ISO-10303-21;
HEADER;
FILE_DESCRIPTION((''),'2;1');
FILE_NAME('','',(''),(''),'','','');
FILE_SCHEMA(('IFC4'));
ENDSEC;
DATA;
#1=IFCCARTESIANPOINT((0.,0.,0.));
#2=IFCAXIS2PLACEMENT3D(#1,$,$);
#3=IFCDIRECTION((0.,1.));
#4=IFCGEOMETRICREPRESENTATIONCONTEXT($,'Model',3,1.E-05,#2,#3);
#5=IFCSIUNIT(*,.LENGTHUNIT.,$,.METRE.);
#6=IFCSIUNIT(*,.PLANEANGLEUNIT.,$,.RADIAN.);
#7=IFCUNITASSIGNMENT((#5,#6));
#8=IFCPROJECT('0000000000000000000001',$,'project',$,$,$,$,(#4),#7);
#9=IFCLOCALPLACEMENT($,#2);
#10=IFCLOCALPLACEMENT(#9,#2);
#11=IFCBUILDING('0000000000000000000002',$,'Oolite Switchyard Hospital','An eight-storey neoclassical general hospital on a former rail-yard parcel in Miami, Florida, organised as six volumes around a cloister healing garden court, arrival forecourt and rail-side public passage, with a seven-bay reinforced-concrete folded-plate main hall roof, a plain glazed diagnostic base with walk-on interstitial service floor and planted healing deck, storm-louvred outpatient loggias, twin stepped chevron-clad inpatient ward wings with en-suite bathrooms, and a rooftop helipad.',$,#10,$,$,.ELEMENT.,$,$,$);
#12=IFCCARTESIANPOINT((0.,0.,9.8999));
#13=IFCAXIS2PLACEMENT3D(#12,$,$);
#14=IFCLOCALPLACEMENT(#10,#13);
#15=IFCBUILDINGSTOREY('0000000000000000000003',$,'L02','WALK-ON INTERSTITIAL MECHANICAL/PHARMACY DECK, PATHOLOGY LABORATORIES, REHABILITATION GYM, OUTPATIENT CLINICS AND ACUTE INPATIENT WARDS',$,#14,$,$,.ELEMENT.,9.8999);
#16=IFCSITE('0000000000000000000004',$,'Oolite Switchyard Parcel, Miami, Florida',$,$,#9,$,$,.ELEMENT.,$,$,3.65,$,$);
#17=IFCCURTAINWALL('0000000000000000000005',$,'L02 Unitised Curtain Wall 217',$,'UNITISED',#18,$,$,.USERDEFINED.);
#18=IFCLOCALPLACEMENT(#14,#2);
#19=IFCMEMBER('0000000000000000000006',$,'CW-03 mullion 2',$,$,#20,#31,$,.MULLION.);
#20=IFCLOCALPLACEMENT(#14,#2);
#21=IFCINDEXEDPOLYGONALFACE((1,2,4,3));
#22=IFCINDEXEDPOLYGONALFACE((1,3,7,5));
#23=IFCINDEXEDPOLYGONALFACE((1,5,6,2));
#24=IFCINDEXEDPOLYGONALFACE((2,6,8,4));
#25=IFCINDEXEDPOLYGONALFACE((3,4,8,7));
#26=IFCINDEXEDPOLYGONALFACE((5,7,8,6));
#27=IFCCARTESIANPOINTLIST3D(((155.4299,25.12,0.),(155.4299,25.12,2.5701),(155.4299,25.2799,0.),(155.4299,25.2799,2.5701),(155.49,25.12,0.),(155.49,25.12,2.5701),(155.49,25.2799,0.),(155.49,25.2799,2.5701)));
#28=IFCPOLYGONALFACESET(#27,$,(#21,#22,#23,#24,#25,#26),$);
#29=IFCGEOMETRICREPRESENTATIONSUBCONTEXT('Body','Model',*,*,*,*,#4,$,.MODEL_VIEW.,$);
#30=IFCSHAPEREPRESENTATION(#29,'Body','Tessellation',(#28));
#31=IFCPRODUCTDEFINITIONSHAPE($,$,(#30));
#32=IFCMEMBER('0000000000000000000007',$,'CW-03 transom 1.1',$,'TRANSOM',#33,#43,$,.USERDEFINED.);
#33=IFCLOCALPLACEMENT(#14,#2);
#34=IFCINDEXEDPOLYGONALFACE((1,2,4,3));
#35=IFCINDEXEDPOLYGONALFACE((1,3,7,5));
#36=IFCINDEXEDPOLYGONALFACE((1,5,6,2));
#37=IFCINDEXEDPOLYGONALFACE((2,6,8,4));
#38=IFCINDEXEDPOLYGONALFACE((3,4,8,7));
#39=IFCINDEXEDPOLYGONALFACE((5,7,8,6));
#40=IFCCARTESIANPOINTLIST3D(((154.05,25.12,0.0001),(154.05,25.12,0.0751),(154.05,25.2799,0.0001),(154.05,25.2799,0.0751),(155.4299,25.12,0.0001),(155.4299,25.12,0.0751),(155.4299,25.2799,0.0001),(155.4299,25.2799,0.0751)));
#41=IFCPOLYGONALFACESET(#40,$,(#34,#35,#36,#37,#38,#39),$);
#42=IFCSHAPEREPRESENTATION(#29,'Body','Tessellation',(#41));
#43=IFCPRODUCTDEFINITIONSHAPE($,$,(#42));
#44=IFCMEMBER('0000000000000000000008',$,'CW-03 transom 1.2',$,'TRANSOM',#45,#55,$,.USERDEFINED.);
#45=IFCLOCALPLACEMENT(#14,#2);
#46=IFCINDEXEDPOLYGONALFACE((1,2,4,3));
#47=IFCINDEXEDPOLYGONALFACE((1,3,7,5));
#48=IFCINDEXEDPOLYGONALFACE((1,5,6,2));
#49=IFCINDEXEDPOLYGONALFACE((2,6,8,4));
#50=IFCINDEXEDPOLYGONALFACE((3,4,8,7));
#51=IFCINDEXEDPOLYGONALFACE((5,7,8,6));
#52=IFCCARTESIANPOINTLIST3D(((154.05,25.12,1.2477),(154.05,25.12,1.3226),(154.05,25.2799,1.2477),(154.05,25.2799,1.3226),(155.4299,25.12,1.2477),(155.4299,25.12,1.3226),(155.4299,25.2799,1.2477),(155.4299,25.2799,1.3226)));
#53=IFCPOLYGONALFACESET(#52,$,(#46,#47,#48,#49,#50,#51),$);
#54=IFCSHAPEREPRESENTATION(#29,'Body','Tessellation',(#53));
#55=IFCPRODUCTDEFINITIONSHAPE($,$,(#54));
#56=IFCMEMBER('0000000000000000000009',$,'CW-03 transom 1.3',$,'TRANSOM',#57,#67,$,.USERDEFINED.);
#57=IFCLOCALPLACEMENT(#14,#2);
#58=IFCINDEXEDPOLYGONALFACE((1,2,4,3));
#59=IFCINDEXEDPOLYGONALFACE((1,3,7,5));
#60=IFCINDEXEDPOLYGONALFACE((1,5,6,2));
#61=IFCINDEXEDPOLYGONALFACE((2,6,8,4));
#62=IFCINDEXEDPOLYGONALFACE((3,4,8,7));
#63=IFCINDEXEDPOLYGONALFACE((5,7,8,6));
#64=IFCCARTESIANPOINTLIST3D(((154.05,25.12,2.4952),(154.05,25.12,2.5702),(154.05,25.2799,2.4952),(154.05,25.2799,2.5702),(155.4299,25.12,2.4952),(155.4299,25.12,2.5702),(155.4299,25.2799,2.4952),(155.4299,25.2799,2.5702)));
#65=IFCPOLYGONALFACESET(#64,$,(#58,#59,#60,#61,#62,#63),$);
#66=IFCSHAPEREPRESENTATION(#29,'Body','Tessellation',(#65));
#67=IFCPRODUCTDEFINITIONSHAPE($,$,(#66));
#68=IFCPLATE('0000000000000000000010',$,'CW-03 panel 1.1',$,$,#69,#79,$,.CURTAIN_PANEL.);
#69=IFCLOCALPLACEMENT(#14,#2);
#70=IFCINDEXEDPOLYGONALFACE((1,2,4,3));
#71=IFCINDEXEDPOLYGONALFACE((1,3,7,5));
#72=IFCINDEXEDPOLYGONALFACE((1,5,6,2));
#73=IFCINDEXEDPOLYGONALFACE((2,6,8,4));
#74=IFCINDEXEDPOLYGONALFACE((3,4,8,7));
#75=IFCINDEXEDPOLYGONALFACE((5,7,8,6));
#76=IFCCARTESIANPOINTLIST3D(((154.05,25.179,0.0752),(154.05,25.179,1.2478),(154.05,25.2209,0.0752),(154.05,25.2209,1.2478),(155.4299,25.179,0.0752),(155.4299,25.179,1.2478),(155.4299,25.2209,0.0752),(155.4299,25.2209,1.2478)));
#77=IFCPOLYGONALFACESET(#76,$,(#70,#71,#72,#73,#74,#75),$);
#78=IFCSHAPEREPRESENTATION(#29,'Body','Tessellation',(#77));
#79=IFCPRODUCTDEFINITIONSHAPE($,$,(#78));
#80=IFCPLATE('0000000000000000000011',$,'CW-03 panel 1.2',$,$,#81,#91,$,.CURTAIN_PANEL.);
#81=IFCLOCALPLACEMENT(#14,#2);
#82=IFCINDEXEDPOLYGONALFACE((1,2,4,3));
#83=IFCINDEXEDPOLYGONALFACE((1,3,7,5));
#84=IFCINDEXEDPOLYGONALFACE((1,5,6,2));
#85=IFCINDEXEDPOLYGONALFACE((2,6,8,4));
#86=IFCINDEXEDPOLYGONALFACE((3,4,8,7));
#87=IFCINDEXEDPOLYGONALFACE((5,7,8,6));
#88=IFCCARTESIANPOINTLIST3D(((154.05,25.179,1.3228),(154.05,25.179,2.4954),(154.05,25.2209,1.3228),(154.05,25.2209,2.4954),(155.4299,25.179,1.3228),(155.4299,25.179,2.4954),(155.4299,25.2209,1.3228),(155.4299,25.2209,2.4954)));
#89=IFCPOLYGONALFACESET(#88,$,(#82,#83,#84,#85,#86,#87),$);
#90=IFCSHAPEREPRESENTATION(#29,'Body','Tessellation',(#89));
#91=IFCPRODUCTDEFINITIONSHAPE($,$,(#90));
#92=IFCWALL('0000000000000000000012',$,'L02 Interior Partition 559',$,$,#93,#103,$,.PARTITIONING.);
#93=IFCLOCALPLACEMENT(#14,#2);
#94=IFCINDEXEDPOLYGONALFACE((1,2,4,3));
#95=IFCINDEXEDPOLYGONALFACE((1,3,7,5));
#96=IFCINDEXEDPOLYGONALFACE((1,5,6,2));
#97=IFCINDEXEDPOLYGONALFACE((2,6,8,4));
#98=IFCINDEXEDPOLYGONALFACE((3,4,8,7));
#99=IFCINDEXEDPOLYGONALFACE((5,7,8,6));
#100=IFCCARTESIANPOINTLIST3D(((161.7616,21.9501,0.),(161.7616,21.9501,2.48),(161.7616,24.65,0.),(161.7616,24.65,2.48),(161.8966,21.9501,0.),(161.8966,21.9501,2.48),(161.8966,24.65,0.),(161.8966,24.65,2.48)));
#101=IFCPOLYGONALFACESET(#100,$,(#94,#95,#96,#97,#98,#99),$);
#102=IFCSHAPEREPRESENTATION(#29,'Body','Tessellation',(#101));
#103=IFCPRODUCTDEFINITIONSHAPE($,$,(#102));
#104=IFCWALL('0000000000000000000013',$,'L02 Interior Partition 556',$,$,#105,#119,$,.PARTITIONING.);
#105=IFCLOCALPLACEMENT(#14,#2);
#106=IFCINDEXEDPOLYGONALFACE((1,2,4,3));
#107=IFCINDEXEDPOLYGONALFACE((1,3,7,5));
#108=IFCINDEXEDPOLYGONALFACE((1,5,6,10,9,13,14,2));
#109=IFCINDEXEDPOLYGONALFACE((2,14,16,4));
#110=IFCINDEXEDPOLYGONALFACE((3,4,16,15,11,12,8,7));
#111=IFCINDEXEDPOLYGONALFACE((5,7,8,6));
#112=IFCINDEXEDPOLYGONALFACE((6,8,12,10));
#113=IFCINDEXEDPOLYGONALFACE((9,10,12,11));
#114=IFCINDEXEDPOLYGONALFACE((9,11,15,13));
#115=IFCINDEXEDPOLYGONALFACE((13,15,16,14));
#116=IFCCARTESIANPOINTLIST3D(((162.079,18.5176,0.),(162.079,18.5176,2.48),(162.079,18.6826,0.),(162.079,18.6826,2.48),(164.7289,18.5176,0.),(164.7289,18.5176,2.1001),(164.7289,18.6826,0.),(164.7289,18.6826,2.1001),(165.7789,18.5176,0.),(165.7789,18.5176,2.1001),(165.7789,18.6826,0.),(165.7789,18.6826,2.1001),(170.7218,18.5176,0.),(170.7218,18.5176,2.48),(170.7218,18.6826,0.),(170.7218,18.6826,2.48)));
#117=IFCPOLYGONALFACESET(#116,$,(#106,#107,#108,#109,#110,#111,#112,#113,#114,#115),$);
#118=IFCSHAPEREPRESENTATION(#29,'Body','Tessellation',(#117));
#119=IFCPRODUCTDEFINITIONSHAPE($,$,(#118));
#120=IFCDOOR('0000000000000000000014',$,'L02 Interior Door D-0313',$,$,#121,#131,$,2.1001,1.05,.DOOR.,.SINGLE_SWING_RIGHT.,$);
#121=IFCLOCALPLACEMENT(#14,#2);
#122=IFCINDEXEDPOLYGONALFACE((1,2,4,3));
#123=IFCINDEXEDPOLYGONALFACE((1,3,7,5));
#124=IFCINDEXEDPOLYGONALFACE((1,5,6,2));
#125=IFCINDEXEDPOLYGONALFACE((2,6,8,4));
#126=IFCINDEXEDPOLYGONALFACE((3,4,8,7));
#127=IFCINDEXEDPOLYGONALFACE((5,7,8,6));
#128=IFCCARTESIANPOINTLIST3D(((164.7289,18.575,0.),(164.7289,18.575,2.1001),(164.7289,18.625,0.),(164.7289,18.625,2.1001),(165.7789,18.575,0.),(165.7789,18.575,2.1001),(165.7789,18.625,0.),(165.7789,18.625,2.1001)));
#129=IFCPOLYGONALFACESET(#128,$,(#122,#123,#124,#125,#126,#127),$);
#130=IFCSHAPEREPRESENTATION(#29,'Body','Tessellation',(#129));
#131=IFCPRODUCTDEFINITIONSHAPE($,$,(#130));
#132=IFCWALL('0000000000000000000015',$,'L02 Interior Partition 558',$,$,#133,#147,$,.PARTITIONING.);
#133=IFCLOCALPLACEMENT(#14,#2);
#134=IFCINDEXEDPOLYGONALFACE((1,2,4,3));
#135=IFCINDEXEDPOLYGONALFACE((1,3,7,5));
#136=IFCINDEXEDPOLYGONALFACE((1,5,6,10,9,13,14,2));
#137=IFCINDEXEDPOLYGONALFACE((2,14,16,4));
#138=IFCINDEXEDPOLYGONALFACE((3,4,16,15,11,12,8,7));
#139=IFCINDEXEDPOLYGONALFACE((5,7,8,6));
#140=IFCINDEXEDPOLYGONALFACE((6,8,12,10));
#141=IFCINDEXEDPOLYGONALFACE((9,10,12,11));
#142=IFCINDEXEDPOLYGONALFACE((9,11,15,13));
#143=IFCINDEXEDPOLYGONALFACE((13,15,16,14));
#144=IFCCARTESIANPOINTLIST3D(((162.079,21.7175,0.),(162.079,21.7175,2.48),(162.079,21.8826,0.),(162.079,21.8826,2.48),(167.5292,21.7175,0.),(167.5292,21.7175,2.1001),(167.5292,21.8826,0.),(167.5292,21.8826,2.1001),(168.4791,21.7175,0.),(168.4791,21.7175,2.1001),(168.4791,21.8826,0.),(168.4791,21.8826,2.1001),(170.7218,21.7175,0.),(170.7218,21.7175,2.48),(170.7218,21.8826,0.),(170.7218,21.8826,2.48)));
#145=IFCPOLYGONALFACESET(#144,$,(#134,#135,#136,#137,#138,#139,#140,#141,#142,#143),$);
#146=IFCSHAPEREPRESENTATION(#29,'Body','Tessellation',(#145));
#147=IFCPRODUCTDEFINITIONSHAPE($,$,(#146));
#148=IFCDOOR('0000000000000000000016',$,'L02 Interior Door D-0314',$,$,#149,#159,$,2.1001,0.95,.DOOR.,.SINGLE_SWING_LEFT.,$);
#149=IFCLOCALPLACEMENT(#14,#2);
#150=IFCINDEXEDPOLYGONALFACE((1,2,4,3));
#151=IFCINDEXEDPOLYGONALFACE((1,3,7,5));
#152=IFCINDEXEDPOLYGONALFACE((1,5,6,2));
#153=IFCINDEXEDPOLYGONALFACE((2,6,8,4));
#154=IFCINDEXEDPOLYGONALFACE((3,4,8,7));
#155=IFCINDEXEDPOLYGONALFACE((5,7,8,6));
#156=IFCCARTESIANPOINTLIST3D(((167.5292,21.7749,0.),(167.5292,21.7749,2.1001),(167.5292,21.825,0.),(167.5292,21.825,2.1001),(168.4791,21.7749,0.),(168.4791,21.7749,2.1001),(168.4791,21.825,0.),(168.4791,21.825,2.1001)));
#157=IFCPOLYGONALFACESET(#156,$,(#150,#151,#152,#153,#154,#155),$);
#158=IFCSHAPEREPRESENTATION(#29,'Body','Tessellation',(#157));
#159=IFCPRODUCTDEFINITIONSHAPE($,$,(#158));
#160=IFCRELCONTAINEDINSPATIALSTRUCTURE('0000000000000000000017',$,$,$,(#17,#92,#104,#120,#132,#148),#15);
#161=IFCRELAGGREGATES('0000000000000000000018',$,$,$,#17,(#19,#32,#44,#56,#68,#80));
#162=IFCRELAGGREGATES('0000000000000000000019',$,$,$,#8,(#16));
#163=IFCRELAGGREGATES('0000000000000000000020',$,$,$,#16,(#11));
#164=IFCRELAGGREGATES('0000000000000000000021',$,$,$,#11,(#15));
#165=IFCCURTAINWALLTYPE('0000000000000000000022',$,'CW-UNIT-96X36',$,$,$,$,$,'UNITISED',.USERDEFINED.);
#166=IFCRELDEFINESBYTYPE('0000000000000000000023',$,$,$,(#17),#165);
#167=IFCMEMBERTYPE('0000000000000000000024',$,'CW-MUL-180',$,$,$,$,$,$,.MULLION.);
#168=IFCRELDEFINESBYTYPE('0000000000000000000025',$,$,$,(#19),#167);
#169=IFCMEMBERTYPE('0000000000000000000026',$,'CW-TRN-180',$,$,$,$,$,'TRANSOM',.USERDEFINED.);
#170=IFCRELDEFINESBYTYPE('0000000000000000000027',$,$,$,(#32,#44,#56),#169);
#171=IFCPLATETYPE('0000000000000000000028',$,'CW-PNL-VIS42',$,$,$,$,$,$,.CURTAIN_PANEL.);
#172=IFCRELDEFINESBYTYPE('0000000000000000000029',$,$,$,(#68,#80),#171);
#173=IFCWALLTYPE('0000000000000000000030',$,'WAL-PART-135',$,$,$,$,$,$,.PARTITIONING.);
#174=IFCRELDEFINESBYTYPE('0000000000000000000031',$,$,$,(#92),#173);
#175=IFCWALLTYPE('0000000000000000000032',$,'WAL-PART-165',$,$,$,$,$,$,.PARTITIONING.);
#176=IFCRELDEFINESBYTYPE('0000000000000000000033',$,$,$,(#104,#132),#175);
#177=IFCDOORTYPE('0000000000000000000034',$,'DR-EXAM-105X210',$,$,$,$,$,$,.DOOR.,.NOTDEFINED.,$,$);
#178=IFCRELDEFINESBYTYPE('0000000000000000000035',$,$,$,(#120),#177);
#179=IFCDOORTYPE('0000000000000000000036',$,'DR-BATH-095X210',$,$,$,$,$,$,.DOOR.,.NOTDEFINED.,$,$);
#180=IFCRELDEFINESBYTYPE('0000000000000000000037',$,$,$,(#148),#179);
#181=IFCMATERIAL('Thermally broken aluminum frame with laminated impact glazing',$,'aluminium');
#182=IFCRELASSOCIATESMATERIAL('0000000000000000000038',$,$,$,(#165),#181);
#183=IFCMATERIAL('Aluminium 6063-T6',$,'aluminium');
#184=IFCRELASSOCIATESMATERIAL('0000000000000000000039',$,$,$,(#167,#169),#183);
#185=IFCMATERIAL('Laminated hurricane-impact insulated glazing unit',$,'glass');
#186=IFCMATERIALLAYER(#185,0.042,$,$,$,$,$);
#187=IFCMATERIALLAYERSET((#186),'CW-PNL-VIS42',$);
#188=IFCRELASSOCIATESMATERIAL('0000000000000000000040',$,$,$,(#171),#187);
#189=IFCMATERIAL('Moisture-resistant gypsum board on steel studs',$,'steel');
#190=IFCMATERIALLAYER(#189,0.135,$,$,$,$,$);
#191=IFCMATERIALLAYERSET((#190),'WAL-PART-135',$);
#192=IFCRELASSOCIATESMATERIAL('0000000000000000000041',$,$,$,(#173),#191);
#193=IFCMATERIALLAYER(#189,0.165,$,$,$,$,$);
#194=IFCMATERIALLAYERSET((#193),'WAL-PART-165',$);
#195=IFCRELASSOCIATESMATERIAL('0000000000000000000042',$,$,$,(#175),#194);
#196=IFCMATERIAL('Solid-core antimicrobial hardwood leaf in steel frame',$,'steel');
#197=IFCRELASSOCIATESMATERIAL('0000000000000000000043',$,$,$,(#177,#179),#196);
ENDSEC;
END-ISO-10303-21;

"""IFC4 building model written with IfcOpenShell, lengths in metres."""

from ifc_helpers import new_model, si_unit, direction, frame, frame_2d, origin, origin_2d, place, context, subcontext, project, spatial, rectangle, extrude, material, layer, layer_set, material_profile, profile_set, type_object, element, fill, aggregate, save


model = new_model("IFC4")

# Units and contexts
model_context = context("Model", 3, precision=1e-05, world=origin(), true_north=direction((0.0, 1.0)))
body_context = subcontext(model_context, "Body", "Model", "MODEL_VIEW")
ifc_project = project(units=[si_unit("LENGTHUNIT", "METRE"), si_unit("PLANEANGLEUNIT", "RADIAN")], contexts=[model_context])

# Site, building, storey
site_placement = place(None, origin())
site = spatial("IfcSite", under=ifc_project, at=site_placement, Name="Oolite Switchyard Parcel, Miami, Florida", CompositionType="ELEMENT", RefElevation=3.65)
building_placement = place(site_placement, origin())
building = spatial("IfcBuilding", under=site, at=building_placement, Name="Oolite Switchyard Hospital", Description="An eight-storey neoclassical general hospital on a former rail-yard parcel in Miami, Florida, organised as six volumes around a cloister healing garden court, arrival forecourt and rail-side public passage, with a seven-bay reinforced-concrete folded-plate main hall roof, a plain glazed diagnostic base with walk-on interstitial service floor and planted healing deck, storm-louvred outpatient loggias, twin stepped chevron-clad inpatient ward wings with en-suite bathrooms, and a rooftop helipad.", CompositionType="ELEMENT")
storey_placement = place(building_placement, frame((0.0, 0.0, 9.8999)))
storey = spatial("IfcBuildingStorey", under=building, at=storey_placement, Name="L02", Description="WALK-ON INTERSTITIAL MECHANICAL/PHARMACY DECK, PATHOLOGY LABORATORIES, REHABILITATION GYM, OUTPATIENT CLINICS AND ACUTE INPATIENT WARDS", CompositionType="ELEMENT", Elevation=9.8999)

# Curtain wall, members, plates
ifc_material_1 = material(Name="Thermally broken aluminum frame with laminated impact glazing", Category="aluminium")
curtain_wall_type = type_object("IfcCurtainWallType", Name="CW-UNIT-96X36", ElementType="UNITISED", PredefinedType="USERDEFINED", material=ifc_material_1)
curtain_wall_placement = place(storey_placement, origin())
curtain_wall = element("IfcCurtainWall", 1, at=curtain_wall_placement, inside=storey, type_object=curtain_wall_type, Name="L02 Unitised Curtain Wall 217", ObjectType="UNITISED", PredefinedType="USERDEFINED")
ifc_material_2 = material(Name="Aluminium 6063-T6", Category="aluminium")
ifc_material_profile_1 = material_profile(ifc_material_2, rectangle(XDim=0.1599, YDim=0.0601, at=origin_2d()), Name="CWM60X160")
ifc_profile_set_1 = profile_set([ifc_material_profile_1], Name="Aluminium 6063-T6")
member_type_1 = type_object("IfcMemberType", Name="CW-MUL-180", PredefinedType="MULLION", material=ifc_profile_set_1)
member_1_placement = place(storey_placement, frame((155.46, 25.2, 0.0), z_axis=(0.0, 0.0, 1.0), x_axis=(0.0, 1.0, 0.0)))
member_1 = element("IfcMember", 2, at=member_1_placement, type_object=member_type_1, Name="CW-03 mullion 2", PredefinedType="MULLION", context=body_context, shape_type="SweptSolid", body=[
    extrude(rectangle(XDim=0.1599, YDim=0.0601, at=origin_2d()), origin(), (0.0, 0.0, 1.0), 2.5701),
])
ifc_material_profile_2 = material_profile(ifc_material_2, rectangle(XDim=0.1599, YDim=0.075, at=origin_2d()), Name="CWT75X160")
ifc_profile_set_2 = profile_set([ifc_material_profile_2], Name="Aluminium 6063-T6")
member_type_2 = type_object("IfcMemberType", Name="CW-TRN-180", ElementType="TRANSOM", PredefinedType="USERDEFINED", material=ifc_profile_set_2)
member_2_placement = place(storey_placement, frame((154.05, 25.2, 0.0376), z_axis=(1.0, 0.0, 0.0), x_axis=(0.0, 1.0, 0.0)))
member_2 = element("IfcMember", 3, at=member_2_placement, type_object=member_type_2, Name="CW-03 transom 1.1", ObjectType="TRANSOM", PredefinedType="USERDEFINED", context=body_context, shape_type="SweptSolid", body=[
    extrude(rectangle(XDim=0.1599, YDim=0.075, at=origin_2d()), origin(), (0.0, 0.0, 1.0), 1.3799),
])
member_3_placement = place(storey_placement, frame((154.05, 25.2, 1.2852), z_axis=(1.0, 0.0, 0.0), x_axis=(0.0, 1.0, 0.0)))
member_3 = element("IfcMember", 4, at=member_3_placement, type_object=member_type_2, Name="CW-03 transom 1.2", ObjectType="TRANSOM", PredefinedType="USERDEFINED", context=body_context, shape_type="SweptSolid", body=[
    extrude(rectangle(XDim=0.1599, YDim=0.075, at=origin_2d()), origin(), (0.0, 0.0, 1.0), 1.3799),
])
member_4_placement = place(storey_placement, frame((154.05, 25.2, 2.5327), z_axis=(1.0, 0.0, 0.0), x_axis=(0.0, 1.0, 0.0)))
member_4 = element("IfcMember", 5, at=member_4_placement, type_object=member_type_2, Name="CW-03 transom 1.3", ObjectType="TRANSOM", PredefinedType="USERDEFINED", context=body_context, shape_type="SweptSolid", body=[
    extrude(rectangle(XDim=0.1599, YDim=0.075, at=origin_2d()), origin(), (0.0, 0.0, 1.0), 1.3799),
])
ifc_material_3 = material(Name="Laminated hurricane-impact insulated glazing unit", Category="glass")
ifc_layer_1 = layer(ifc_material_3, 0.042)
ifc_layer_set_1 = layer_set([ifc_layer_1], Name="CW-PNL-VIS42")
plate_type = type_object("IfcPlateType", Name="CW-PNL-VIS42", PredefinedType="CURTAIN_PANEL", material=ifc_layer_set_1)
plate_1_placement = place(storey_placement, frame((154.74, 25.2, 0.0752), z_axis=(0.0, 0.0, 1.0), x_axis=(1.0, 0.0, 0.0)))
plate_1 = element("IfcPlate", 6, at=plate_1_placement, type_object=plate_type, Name="CW-03 panel 1.1", PredefinedType="CURTAIN_PANEL", context=body_context, shape_type="SweptSolid", body=[
    extrude(rectangle(XDim=1.3799, YDim=0.042, at=origin_2d()), origin(), (0.0, 0.0, 1.0), 1.1726),
])
plate_2_placement = place(storey_placement, frame((154.74, 25.2, 1.3228), z_axis=(0.0, 0.0, 1.0), x_axis=(1.0, 0.0, 0.0)))
plate_2 = element("IfcPlate", 7, at=plate_2_placement, type_object=plate_type, Name="CW-03 panel 1.2", PredefinedType="CURTAIN_PANEL", context=body_context, shape_type="SweptSolid", body=[
    extrude(rectangle(XDim=1.3799, YDim=0.042, at=origin_2d()), origin(), (0.0, 0.0, 1.0), 1.1726),
])
aggregate(curtain_wall, [member_1, member_2, member_3, member_4, plate_1, plate_2])

# Wall
ifc_material_4 = material(Name="Moisture-resistant gypsum board on steel studs", Category="steel")
ifc_layer_2 = layer(ifc_material_4, 0.135)
ifc_layer_set_2 = layer_set([ifc_layer_2], Name="WAL-PART-135")
wall_type_1 = type_object("IfcWallType", Name="WAL-PART-135", PredefinedType="PARTITIONING", material=ifc_layer_set_2)
wall_1_placement = place(storey_placement, frame((161.8291, 21.95, 0.0), z_axis=(0.0, 0.0, 1.0), x_axis=(0.0, 1.0, 0.0)))
element("IfcWall", 8, at=wall_1_placement, inside=storey, type_object=wall_type_1, Name="L02 Interior Partition 559", PredefinedType="PARTITIONING", context=body_context, shape_type="SweptSolid", body=[
    extrude(rectangle(XDim=2.7, YDim=0.135, at=frame_2d((1.3501, 0.0))), origin(), (0.0, 0.0, 1.0), 2.48),
])

# Walls, openings, doors
ifc_layer_3 = layer(ifc_material_4, 0.165)
ifc_layer_set_3 = layer_set([ifc_layer_3], Name="WAL-PART-165")
wall_type_2 = type_object("IfcWallType", Name="WAL-PART-165", PredefinedType="PARTITIONING", material=ifc_layer_set_3)
wall_2_placement = place(storey_placement, frame((162.0791, 18.6001, 0.0), z_axis=(0.0, 0.0, 1.0), x_axis=(1.0, 0.0, 0.0)))
wall_2 = element("IfcWall", 9, at=wall_2_placement, inside=storey, type_object=wall_type_2, Name="L02 Interior Partition 556", PredefinedType="PARTITIONING", context=body_context, shape_type="SweptSolid", body=[
    extrude(rectangle(XDim=8.6428, YDim=0.165, at=frame_2d((4.3213, 0.0))), origin(), (0.0, 0.0, 1.0), 2.48),
])
opening_1_placement = place(wall_2_placement, frame((2.6499, 0.0, 0.0)))
opening_1 = element("IfcOpeningElement", 10, at=opening_1_placement, cuts=wall_2, PredefinedType="OPENING", context=body_context, shape_type="SweptSolid", body=[
    extrude(rectangle(XDim=1.05, YDim=2.1001, at=frame_2d((0.5249, 1.05))), frame((0.0, 0.0925, 0.0), z_axis=(0.0, -1.0, 0.0), x_axis=(1.0, 0.0, 0.0)), (0.0, 0.0, 1.0), 0.1851),
])
ifc_material_5 = material(Name="Solid-core antimicrobial hardwood leaf in steel frame", Category="steel")
door_type_1 = type_object("IfcDoorType", Name="DR-EXAM-105X210", OperationType="NOTDEFINED", PredefinedType="DOOR", material=ifc_material_5)
door_1_placement = place(opening_1_placement, origin())
door_1 = element("IfcDoor", 11, at=door_1_placement, inside=storey, type_object=door_type_1, Name="L02 Interior Door D-0313", OperationType="SINGLE_SWING_RIGHT", OverallHeight=2.1001, OverallWidth=1.05, PredefinedType="DOOR", context=body_context, shape_type="SweptSolid", body=[
    extrude(rectangle(XDim=1.05, YDim=2.1001, at=frame_2d((0.5249, 1.05))), frame((0.0, 0.0249, 0.0), z_axis=(0.0, -1.0, 0.0), x_axis=(1.0, 0.0, 0.0)), (0.0, 0.0, 1.0), 0.05),
])
fill(opening_1, door_1)
wall_3_placement = place(storey_placement, frame((162.0791, 21.8, 0.0), z_axis=(0.0, 0.0, 1.0), x_axis=(1.0, 0.0, 0.0)))
wall_3 = element("IfcWall", 12, at=wall_3_placement, inside=storey, type_object=wall_type_2, Name="L02 Interior Partition 558", PredefinedType="PARTITIONING", context=body_context, shape_type="SweptSolid", body=[
    extrude(rectangle(XDim=8.6428, YDim=0.165, at=frame_2d((4.3213, 0.0))), origin(), (0.0, 0.0, 1.0), 2.48),
])
opening_2_placement = place(wall_3_placement, frame((5.45, 0.0, 0.0)))
opening_2 = element("IfcOpeningElement", 13, at=opening_2_placement, cuts=wall_3, PredefinedType="OPENING", context=body_context, shape_type="SweptSolid", body=[
    extrude(rectangle(XDim=0.95, YDim=2.1001, at=frame_2d((0.4751, 1.05))), frame((0.0, 0.0925, 0.0), z_axis=(0.0, -1.0, 0.0), x_axis=(1.0, 0.0, 0.0)), (0.0, 0.0, 1.0), 0.1851),
])
door_type_2 = type_object("IfcDoorType", Name="DR-BATH-095X210", OperationType="NOTDEFINED", PredefinedType="DOOR", material=ifc_material_5)
door_2_placement = place(opening_2_placement, origin())
door_2 = element("IfcDoor", 14, at=door_2_placement, inside=storey, type_object=door_type_2, Name="L02 Interior Door D-0314", OperationType="SINGLE_SWING_LEFT", OverallHeight=2.1001, OverallWidth=0.95, PredefinedType="DOOR", context=body_context, shape_type="SweptSolid", body=[
    extrude(rectangle(XDim=0.95, YDim=2.1001, at=frame_2d((0.4751, 1.05))), frame((0.0, 0.0249, 0.0), z_axis=(0.0, -1.0, 0.0), x_axis=(1.0, 0.0, 0.0)), (0.0, 0.0, 1.0), 0.05),
])
fill(opening_2, door_2)

save(model, "model.ifc")
